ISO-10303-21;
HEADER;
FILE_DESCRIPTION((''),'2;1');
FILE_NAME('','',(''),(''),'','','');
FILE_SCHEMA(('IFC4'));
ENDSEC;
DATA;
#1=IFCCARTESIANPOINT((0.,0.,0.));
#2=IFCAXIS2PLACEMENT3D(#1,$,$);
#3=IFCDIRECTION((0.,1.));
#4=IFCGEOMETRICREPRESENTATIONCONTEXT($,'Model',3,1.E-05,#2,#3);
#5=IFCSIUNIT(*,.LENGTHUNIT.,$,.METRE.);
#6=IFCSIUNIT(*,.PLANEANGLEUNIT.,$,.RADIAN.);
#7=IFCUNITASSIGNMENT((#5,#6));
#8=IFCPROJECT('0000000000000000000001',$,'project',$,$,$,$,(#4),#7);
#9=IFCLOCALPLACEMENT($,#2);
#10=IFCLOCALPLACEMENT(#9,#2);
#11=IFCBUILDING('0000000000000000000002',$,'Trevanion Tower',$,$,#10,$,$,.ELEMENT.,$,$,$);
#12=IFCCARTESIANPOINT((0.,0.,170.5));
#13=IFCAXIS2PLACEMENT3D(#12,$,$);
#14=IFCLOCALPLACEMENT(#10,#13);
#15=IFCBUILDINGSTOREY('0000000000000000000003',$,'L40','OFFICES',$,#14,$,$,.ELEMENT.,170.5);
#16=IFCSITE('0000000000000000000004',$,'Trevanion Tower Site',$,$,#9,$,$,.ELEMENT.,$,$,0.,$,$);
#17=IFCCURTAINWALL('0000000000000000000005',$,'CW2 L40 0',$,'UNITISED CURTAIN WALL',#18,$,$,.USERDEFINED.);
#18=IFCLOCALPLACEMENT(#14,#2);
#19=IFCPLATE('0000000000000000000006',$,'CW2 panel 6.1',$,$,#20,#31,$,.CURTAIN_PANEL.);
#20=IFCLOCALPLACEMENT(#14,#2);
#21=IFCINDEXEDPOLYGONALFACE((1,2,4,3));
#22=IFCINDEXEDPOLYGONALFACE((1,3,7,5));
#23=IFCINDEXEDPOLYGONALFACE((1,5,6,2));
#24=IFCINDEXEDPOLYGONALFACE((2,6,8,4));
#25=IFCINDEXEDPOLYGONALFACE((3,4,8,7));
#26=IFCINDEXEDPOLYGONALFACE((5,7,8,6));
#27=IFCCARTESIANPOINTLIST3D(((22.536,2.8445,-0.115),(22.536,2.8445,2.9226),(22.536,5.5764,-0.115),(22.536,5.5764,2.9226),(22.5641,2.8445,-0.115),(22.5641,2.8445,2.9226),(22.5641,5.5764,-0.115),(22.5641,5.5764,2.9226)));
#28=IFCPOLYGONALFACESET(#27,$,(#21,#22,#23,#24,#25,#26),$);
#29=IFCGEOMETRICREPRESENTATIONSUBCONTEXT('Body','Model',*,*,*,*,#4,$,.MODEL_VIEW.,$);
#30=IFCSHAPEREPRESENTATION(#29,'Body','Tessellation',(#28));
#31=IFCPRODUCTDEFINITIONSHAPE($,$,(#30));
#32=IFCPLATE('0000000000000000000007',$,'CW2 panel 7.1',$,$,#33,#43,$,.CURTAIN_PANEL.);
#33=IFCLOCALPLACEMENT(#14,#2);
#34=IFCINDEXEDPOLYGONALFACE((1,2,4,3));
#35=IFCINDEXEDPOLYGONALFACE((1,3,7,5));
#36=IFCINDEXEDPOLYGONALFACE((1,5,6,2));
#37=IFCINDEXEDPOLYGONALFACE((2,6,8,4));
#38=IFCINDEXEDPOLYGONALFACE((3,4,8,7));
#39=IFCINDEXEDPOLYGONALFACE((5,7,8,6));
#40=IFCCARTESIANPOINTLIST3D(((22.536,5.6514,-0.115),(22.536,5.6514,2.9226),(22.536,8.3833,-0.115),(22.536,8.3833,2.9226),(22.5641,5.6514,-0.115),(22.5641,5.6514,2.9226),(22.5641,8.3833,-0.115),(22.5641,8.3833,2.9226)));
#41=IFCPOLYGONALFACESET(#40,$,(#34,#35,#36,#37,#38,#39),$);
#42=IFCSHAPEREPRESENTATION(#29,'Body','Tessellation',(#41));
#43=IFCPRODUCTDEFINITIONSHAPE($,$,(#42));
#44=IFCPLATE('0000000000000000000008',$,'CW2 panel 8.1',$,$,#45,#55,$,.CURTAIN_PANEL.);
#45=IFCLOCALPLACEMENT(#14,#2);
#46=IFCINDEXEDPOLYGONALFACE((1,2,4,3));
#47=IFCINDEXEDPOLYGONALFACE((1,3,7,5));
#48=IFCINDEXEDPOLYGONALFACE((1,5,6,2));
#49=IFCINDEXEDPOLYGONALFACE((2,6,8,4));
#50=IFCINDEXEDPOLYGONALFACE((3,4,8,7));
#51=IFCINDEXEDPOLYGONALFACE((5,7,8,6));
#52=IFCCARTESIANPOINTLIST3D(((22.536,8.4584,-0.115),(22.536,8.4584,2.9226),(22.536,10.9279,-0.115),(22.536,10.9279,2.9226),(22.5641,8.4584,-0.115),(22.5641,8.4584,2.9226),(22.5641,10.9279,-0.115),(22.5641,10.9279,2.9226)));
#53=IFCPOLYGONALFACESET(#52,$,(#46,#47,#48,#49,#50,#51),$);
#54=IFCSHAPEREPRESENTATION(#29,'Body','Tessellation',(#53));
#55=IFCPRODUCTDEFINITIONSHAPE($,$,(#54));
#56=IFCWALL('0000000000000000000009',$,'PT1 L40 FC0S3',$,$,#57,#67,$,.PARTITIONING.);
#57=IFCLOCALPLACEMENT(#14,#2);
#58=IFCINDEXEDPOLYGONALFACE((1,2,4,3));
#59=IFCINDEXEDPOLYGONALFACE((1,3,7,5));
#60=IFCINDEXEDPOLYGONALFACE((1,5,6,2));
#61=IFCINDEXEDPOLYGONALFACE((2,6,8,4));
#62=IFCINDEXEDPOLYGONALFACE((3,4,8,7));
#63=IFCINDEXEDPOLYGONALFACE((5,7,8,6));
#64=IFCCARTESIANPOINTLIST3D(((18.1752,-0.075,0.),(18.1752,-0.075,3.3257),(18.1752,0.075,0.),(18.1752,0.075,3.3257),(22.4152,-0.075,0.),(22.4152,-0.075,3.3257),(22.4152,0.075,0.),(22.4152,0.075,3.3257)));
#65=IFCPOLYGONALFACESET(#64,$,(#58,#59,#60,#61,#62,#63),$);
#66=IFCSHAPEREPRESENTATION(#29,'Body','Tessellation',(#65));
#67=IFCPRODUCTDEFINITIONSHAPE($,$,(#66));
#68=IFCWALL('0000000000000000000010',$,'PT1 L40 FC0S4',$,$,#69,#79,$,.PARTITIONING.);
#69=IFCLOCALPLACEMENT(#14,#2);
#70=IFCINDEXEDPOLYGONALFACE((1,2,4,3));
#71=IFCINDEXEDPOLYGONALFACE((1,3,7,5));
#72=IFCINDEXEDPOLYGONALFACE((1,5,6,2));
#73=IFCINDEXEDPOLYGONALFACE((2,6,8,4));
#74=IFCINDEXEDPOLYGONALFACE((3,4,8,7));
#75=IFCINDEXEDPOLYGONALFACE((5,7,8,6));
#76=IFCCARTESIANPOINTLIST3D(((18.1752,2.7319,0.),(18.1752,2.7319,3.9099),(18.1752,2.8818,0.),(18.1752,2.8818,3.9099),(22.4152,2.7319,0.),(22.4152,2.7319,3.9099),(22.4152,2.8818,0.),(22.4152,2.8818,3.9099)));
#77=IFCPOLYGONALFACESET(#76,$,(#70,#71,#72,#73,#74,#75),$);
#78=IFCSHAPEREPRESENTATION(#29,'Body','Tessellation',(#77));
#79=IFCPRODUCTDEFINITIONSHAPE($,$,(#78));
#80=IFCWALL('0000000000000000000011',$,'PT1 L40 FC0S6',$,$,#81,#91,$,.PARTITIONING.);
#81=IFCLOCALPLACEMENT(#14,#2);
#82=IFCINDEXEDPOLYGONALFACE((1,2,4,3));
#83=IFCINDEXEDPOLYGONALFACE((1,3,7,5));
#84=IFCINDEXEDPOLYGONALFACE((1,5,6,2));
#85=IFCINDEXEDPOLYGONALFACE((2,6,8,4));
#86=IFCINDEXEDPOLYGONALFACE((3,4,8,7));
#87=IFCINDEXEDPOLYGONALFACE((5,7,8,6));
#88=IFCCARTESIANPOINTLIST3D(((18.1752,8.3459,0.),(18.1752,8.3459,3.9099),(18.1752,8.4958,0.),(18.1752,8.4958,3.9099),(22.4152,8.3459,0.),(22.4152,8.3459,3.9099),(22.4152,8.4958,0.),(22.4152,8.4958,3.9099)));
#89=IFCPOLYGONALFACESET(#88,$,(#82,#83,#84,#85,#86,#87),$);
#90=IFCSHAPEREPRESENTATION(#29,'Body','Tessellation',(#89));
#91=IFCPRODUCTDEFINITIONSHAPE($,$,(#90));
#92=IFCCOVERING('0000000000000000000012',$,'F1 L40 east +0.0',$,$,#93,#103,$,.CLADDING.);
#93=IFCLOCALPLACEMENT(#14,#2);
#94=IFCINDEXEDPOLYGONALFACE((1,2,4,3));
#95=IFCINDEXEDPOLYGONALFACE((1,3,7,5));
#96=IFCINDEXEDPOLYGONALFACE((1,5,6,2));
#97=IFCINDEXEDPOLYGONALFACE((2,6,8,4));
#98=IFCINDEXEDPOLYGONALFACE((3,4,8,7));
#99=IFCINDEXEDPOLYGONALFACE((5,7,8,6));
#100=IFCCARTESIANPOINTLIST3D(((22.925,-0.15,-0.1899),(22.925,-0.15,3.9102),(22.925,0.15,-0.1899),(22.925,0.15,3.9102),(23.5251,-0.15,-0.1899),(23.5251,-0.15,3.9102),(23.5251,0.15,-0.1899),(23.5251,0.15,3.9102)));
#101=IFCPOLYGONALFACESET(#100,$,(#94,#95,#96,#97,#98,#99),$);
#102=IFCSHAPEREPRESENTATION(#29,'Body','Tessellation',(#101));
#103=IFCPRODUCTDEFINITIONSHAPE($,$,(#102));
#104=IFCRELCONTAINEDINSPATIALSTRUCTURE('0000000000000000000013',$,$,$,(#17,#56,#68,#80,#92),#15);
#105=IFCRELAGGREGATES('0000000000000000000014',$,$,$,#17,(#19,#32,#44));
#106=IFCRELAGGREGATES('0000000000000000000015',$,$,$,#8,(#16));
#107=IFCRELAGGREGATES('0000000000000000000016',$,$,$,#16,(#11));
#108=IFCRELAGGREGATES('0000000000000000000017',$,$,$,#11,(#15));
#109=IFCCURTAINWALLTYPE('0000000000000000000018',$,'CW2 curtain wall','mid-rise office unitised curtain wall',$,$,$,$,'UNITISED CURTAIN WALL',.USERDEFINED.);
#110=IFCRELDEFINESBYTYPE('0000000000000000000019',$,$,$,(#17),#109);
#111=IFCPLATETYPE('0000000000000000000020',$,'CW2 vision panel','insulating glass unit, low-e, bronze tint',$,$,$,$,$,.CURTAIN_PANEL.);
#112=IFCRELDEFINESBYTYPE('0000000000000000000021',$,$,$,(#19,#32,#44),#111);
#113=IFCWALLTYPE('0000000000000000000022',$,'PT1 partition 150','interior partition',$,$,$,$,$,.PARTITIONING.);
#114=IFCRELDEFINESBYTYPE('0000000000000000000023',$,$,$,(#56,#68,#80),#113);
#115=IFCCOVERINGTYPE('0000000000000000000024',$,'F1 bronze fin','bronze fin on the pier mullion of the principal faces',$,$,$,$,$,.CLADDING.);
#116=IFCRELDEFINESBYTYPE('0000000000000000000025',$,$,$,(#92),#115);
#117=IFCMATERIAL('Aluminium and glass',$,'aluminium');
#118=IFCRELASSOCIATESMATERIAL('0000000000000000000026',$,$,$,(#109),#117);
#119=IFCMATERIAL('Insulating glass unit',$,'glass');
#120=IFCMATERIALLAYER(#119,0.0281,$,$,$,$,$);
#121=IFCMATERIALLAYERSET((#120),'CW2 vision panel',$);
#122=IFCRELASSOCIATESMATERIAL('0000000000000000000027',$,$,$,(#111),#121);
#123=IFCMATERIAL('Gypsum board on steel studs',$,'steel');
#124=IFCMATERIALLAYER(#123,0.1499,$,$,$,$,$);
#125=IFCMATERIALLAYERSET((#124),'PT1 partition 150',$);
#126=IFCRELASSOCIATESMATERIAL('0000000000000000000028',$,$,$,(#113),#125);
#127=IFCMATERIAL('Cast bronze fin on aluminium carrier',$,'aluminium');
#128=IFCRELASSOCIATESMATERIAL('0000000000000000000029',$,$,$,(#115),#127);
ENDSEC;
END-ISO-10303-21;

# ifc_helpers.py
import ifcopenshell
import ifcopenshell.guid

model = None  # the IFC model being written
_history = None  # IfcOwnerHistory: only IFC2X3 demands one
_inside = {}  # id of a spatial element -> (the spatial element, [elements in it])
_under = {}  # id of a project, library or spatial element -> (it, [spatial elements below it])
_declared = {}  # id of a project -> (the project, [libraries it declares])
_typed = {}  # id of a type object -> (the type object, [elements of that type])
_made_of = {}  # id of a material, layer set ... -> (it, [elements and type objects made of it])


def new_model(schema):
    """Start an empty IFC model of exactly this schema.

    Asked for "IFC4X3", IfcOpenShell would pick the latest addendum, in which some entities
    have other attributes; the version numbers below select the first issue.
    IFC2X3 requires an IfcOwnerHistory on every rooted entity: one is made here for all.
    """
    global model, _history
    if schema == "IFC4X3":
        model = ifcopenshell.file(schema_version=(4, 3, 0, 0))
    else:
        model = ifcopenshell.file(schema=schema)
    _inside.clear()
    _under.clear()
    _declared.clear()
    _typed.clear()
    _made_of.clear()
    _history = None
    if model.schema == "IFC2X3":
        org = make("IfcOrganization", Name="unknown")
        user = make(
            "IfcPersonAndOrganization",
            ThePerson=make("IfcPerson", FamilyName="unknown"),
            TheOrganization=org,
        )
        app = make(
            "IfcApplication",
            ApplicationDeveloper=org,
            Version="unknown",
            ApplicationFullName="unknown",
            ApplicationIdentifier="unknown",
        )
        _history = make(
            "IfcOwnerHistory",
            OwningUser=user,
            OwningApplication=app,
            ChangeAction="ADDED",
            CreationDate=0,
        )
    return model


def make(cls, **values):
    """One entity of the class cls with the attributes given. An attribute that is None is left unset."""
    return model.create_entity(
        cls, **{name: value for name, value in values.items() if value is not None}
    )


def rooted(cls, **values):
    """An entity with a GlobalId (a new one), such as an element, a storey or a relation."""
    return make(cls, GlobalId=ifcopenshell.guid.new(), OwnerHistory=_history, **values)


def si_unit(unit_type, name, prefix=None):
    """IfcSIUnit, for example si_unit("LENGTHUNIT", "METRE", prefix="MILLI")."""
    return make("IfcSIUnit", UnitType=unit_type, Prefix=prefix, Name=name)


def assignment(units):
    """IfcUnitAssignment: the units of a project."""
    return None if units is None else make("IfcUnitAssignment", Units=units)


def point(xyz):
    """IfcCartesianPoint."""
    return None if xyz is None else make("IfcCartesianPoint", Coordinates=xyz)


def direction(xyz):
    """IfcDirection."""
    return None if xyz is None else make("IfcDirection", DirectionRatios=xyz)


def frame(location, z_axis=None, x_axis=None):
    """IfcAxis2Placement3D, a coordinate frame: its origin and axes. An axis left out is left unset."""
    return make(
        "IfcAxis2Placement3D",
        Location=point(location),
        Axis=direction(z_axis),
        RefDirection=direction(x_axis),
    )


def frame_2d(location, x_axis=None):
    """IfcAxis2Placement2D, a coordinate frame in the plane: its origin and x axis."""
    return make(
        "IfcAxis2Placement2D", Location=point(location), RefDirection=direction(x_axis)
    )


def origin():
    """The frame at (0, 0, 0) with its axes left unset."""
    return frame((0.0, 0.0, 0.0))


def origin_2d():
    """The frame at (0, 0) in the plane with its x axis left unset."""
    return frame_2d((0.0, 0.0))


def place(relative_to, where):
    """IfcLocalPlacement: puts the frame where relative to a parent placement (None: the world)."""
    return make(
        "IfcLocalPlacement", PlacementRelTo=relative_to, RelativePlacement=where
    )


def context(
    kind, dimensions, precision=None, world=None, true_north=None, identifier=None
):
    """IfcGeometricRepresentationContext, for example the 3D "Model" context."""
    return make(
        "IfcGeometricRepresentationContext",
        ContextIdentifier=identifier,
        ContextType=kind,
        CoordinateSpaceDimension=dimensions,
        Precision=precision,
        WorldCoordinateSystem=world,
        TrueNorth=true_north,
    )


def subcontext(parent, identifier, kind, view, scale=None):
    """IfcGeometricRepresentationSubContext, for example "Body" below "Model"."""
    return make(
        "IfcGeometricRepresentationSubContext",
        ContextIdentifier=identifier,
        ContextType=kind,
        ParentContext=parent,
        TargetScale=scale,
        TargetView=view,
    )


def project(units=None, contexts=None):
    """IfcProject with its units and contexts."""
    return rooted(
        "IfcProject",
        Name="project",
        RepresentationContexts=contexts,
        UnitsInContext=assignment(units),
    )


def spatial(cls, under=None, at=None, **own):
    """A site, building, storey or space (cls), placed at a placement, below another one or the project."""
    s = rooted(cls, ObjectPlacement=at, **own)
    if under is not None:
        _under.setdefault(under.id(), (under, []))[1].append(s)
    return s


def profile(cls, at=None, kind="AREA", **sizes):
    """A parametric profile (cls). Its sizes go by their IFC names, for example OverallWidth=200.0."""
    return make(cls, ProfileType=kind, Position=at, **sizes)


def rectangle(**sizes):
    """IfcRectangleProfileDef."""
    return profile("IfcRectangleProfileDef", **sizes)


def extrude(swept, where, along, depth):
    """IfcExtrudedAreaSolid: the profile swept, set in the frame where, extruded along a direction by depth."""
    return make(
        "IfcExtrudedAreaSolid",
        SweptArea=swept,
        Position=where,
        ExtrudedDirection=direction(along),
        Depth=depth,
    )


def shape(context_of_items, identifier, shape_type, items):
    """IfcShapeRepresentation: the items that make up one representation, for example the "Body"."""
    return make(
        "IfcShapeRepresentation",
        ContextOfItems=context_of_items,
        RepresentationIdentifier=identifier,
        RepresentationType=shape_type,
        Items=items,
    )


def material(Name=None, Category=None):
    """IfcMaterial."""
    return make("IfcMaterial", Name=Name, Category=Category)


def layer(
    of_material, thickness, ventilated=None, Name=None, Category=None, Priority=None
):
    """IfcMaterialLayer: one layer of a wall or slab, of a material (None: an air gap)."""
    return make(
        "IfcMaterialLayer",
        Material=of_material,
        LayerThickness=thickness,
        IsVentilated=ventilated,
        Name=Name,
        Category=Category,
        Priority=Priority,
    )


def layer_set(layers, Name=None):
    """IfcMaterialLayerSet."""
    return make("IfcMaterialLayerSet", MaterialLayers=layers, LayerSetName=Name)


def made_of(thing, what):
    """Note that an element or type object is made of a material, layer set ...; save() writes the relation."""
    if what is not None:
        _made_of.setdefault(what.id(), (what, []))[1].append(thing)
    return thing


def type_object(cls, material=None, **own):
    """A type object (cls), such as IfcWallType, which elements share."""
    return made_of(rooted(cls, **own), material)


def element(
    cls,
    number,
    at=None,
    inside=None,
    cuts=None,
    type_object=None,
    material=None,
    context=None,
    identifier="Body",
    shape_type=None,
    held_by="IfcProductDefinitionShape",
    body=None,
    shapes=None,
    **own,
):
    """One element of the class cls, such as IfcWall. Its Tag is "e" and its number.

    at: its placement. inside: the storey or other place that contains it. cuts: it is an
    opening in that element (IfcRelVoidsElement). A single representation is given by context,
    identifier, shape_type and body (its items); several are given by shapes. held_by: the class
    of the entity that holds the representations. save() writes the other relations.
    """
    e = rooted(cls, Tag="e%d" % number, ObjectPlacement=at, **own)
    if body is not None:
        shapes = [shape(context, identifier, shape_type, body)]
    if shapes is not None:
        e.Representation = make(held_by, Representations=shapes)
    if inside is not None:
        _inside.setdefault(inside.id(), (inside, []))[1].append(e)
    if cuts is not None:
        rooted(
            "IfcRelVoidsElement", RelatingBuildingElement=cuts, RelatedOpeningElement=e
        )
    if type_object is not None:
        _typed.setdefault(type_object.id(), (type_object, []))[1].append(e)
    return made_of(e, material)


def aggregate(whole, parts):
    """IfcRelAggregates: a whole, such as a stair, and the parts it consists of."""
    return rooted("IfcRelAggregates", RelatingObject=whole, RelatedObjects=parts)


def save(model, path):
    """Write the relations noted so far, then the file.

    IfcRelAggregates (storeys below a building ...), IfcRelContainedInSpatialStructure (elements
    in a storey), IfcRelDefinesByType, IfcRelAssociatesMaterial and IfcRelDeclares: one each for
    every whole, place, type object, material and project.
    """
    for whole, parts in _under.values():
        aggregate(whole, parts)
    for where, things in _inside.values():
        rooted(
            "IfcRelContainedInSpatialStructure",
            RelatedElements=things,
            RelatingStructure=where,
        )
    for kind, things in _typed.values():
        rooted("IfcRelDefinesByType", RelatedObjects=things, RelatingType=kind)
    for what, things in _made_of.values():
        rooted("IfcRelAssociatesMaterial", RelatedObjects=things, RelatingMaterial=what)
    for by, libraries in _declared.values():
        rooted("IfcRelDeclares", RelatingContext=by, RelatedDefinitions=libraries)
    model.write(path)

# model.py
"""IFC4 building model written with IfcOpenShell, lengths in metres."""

from ifc_helpers import new_model, si_unit, direction, frame, frame_2d, origin, origin_2d, place, context, subcontext, project, spatial, rectangle, extrude, material, layer, layer_set, type_object, element, aggregate, save


model = new_model("IFC4")

# Units and contexts
model_context = context("Model", 3, precision=1e-05, world=origin(), true_north=direction((0.0, 1.0)))
body_context = subcontext(model_context, "Body", "Model", "MODEL_VIEW")
ifc_project = project(units=[si_unit("LENGTHUNIT", "METRE"), si_unit("PLANEANGLEUNIT", "RADIAN")], contexts=[model_context])

# Site, building, storey
site_placement = place(None, origin())
site = spatial("IfcSite", under=ifc_project, at=site_placement, Name="Trevanion Tower Site", CompositionType="ELEMENT", RefElevation=0.0)
building_placement = place(site_placement, origin())
building = spatial("IfcBuilding", under=site, at=building_placement, Name="Trevanion Tower", CompositionType="ELEMENT")
storey_placement = place(building_placement, frame((0.0, 0.0, 170.5)))
storey = spatial("IfcBuildingStorey", under=building, at=storey_placement, Name="L40", Description="OFFICES", CompositionType="ELEMENT", Elevation=170.5)

# Curtain wall
ifc_material_1 = material(Name="Aluminium and glass", Category="aluminium")
curtain_wall_type = type_object("IfcCurtainWallType", Name="CW2 curtain wall", Description="mid-rise office unitised curtain wall", ElementType="UNITISED CURTAIN WALL", PredefinedType="USERDEFINED", material=ifc_material_1)
curtain_wall_placement = place(storey_placement, origin())
curtain_wall = element("IfcCurtainWall", 1, at=curtain_wall_placement, inside=storey, type_object=curtain_wall_type, Name="CW2 L40 0", ObjectType="UNITISED CURTAIN WALL", PredefinedType="USERDEFINED")

# Plates
ifc_material_2 = material(Name="Insulating glass unit", Category="glass")
ifc_layer_1 = layer(ifc_material_2, 0.0281)
ifc_layer_set_1 = layer_set([ifc_layer_1], Name="CW2 vision panel")
plate_type_1 = type_object("IfcPlateType", Name="CW2 vision panel", Description="insulating glass unit, low-e, bronze tint", PredefinedType="CURTAIN_PANEL", material=ifc_layer_set_1)
plate_1_placement = place(storey_placement, frame((22.55, 4.2104, -0.115), z_axis=(0.0, 0.0, 1.0), x_axis=(0.0, 1.0, 0.0)))
plate_1 = element("IfcPlate", 2, at=plate_1_placement, type_object=plate_type_1, Name="CW2 panel 6.1", PredefinedType="CURTAIN_PANEL", context=body_context, shape_type="SweptSolid", body=[
    extrude(rectangle(XDim=2.7319, YDim=0.0281, at=origin_2d()), origin(), (0.0, 0.0, 1.0), 3.0376),
])
plate_2_placement = place(storey_placement, frame((22.55, 7.0173, -0.115), z_axis=(0.0, 0.0, 1.0), x_axis=(0.0, 1.0, 0.0)))
plate_2 = element("IfcPlate", 3, at=plate_2_placement, type_object=plate_type_1, Name="CW2 panel 7.1", PredefinedType="CURTAIN_PANEL", context=body_context, shape_type="SweptSolid", body=[
    extrude(rectangle(XDim=2.7319, YDim=0.0281, at=origin_2d()), origin(), (0.0, 0.0, 1.0), 3.0376),
])
plate_3_placement = place(storey_placement, frame((22.55, 9.6931, -0.115), z_axis=(0.0, 0.0, 1.0), x_axis=(0.0, 1.0, 0.0)))
plate_3 = element("IfcPlate", 4, at=plate_3_placement, type_object=plate_type_1, Name="CW2 panel 8.1", PredefinedType="CURTAIN_PANEL", context=body_context, shape_type="SweptSolid", body=[
    extrude(rectangle(XDim=2.4695, YDim=0.0281, at=origin_2d()), origin(), (0.0, 0.0, 1.0), 3.0376),
])
aggregate(curtain_wall, [plate_1, plate_2, plate_3])

# Walls
ifc_material_3 = material(Name="Gypsum board on steel studs", Category="steel")
ifc_layer_2 = layer(ifc_material_3, 0.1499)
ifc_layer_set_2 = layer_set([ifc_layer_2], Name="PT1 partition 150")
wall_type = type_object("IfcWallType", Name="PT1 partition 150", Description="interior partition", PredefinedType="PARTITIONING", material=ifc_layer_set_2)
wall_placement = place(storey_placement, frame((18.175, 0.0, 0.0), z_axis=(0.0, 0.0, 1.0), x_axis=(1.0, 0.0, 0.0)))
element("IfcWall", 5, at=wall_placement, inside=storey, type_object=wall_type, Name="PT1 L40 FC0S3", PredefinedType="PARTITIONING", context=body_context, shape_type="SweptSolid", body=[
    extrude(rectangle(XDim=4.24, YDim=0.1499, at=frame_2d((2.1201, 0.0))), origin(), (0.0, 0.0, 1.0), 3.3257),
])
for number, where, z_axis, x_axis, name in (
    (6, (18.175, 2.8069, 0.0), (0.0, 0.0, 1.0), (1.0, 0.0, 0.0), "PT1 L40 FC0S4"),
    (7, (18.175, 8.4209, 0.0), (0.0, 0.0, 1.0), (1.0, 0.0, 0.0), "PT1 L40 FC0S6"),
):
    element("IfcWall", number, at=place(storey_placement, frame(where, z_axis=z_axis, x_axis=x_axis)), inside=storey, type_object=wall_type, Name=name, PredefinedType="PARTITIONING", context=body_context, shape_type="SweptSolid", body=[
        extrude(rectangle(XDim=4.24, YDim=0.1499, at=frame_2d((2.1201, 0.0))), origin(), (0.0, 0.0, 1.0), 3.9099),
    ])

# Covering
ifc_material_4 = material(Name="Cast bronze fin on aluminium carrier", Category="aluminium")
covering_type = type_object("IfcCoveringType", Name="F1 bronze fin", Description="bronze fin on the pier mullion of the principal faces", PredefinedType="CLADDING", material=ifc_material_4)
covering_placement = place(storey_placement, frame((23.2251, 0.0, -0.1899), z_axis=(0.0, 0.0, 1.0), x_axis=(0.0, 1.0, 0.0)))
element("IfcCovering", 8, at=covering_placement, inside=storey, type_object=covering_type, Name="F1 L40 east +0.0", PredefinedType="CLADDING", context=body_context, shape_type="SweptSolid", body=[
    extrude(rectangle(XDim=0.3, YDim=0.6001, at=origin_2d()), origin(), (0.0, 0.0, 1.0), 4.1001),
])

save(model, "model.ifc")
